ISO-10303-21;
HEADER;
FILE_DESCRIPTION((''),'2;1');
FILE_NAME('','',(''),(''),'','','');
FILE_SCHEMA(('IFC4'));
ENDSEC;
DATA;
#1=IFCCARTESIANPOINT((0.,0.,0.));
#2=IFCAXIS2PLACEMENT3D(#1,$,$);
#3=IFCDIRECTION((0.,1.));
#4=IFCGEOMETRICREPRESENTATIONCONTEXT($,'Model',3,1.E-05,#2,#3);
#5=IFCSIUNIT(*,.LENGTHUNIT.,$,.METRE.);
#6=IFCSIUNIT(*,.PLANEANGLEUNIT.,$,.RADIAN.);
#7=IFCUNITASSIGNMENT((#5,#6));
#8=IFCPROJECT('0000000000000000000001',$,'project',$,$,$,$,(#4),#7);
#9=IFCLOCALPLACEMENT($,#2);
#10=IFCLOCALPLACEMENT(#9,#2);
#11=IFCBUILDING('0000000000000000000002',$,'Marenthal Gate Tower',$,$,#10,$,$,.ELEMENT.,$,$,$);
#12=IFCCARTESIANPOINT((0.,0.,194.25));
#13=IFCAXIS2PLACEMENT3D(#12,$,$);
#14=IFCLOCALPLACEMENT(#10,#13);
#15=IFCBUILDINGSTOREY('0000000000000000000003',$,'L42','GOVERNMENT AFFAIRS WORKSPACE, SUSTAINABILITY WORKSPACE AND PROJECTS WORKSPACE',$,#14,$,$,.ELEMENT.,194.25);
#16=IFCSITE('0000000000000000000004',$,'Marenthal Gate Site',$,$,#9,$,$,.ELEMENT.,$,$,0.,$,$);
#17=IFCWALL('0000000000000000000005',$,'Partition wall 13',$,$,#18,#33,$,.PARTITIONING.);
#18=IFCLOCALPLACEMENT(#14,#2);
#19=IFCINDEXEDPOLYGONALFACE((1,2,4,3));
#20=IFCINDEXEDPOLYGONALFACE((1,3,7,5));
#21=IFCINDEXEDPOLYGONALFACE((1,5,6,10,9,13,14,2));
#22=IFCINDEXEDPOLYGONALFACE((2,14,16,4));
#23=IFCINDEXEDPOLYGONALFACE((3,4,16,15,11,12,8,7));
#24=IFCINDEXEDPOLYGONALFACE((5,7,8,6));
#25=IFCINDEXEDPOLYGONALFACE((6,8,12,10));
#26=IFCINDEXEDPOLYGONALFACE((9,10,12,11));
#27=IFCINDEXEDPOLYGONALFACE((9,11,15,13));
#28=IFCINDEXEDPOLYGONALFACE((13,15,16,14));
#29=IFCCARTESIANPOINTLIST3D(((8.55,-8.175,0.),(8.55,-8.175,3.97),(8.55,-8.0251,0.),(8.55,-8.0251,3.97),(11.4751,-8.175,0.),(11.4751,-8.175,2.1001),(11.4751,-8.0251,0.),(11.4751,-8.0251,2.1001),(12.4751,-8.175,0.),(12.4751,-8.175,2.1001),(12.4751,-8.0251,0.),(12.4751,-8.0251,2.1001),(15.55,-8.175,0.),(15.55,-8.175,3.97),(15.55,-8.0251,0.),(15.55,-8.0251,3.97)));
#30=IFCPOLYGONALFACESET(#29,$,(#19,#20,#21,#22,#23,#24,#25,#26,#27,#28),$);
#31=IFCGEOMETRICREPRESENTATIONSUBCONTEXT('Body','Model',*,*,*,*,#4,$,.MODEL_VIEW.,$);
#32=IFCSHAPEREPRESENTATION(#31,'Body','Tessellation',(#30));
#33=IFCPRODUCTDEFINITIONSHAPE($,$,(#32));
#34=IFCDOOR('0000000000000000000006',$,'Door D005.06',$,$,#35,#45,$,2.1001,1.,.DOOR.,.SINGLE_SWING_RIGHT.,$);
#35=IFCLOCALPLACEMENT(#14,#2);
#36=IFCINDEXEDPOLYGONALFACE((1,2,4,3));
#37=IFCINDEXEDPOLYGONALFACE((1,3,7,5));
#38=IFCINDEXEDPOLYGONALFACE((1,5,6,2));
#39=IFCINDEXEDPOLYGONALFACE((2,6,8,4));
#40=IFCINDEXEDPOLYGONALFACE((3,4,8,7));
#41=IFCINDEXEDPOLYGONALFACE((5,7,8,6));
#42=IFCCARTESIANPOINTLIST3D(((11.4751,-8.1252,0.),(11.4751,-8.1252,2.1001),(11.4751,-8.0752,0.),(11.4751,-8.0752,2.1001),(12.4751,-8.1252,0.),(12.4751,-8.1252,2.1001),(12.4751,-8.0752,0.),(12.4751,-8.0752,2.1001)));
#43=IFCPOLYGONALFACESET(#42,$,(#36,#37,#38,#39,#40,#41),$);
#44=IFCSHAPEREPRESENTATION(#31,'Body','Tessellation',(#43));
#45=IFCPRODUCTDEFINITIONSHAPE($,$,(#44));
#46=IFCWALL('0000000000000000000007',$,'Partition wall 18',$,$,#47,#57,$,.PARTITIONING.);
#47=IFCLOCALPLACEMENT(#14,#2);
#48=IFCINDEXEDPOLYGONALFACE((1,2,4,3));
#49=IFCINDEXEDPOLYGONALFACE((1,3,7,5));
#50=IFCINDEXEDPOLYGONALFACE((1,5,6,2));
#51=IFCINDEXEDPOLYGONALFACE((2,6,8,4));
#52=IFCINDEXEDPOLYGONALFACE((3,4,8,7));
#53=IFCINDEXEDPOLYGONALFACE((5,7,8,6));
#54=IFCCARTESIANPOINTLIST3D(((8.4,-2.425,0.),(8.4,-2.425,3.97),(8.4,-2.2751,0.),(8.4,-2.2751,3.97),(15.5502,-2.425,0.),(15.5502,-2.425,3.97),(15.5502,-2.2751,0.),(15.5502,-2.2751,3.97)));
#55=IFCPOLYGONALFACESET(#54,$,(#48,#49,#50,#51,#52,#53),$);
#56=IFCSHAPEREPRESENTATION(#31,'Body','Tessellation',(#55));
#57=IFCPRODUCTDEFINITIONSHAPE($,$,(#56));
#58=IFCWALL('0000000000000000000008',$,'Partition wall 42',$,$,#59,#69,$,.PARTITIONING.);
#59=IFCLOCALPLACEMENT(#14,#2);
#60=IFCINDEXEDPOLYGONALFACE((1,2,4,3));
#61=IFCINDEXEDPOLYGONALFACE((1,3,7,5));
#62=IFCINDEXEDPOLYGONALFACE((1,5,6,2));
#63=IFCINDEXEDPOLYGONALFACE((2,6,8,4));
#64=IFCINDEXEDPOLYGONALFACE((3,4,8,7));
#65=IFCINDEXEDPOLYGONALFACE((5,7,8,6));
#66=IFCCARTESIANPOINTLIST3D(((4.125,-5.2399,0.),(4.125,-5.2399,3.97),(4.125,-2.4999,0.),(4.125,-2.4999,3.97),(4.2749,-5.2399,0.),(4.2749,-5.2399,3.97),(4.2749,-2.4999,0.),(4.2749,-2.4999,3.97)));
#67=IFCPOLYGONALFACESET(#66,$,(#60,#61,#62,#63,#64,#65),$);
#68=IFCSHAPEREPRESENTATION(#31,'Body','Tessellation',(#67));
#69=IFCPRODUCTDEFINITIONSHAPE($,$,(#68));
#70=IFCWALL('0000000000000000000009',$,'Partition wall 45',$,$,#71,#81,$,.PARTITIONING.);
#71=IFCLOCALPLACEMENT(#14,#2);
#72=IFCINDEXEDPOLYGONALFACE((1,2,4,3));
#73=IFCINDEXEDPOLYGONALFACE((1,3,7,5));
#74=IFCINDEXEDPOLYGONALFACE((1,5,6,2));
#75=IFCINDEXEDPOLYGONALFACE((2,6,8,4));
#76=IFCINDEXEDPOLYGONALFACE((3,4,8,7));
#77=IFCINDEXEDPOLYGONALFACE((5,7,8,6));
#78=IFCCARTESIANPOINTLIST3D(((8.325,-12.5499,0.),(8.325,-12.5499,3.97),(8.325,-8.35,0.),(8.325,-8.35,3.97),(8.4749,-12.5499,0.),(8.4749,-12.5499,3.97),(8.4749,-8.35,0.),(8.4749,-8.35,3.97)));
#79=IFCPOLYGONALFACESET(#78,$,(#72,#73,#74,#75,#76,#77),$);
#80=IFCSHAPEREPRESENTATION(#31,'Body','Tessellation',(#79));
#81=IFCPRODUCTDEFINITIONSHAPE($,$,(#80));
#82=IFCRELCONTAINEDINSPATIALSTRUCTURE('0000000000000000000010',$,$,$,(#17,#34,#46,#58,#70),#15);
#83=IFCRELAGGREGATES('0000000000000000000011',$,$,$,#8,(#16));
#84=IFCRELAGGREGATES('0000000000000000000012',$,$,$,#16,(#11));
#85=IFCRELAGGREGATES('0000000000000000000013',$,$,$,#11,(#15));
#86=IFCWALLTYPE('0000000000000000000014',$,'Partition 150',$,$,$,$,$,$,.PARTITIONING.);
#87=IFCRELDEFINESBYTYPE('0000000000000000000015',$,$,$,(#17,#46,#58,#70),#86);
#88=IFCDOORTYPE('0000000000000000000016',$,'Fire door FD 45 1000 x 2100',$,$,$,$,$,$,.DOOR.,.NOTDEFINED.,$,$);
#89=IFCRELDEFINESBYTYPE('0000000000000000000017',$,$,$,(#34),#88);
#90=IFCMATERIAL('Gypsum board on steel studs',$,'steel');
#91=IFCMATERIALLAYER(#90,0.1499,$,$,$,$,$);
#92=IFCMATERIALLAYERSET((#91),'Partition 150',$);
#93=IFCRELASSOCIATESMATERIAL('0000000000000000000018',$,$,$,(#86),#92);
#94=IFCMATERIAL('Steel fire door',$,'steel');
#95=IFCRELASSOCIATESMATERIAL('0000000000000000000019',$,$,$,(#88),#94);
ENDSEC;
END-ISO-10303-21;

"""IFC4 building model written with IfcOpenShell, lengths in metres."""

from ifc_helpers import new_model, si_unit, direction, frame, frame_2d, origin, place, context, subcontext, project, spatial, rectangle, extrude, material, layer, layer_set, type_object, element, fill, save


model = new_model("IFC4")

# Units and contexts
model_context = context("Model", 3, precision=1e-05, world=origin(), true_north=direction((0.0, 1.0)))
body_context = subcontext(model_context, "Body", "Model", "MODEL_VIEW")
ifc_project = project(units=[si_unit("LENGTHUNIT", "METRE"), si_unit("PLANEANGLEUNIT", "RADIAN")], contexts=[model_context])

# Site, building, storey
site_placement = place(None, origin())
site = spatial("IfcSite", under=ifc_project, at=site_placement, Name="Marenthal Gate Site", CompositionType="ELEMENT", RefElevation=0.0)
building_placement = place(site_placement, origin())
building = spatial("IfcBuilding", under=site, at=building_placement, Name="Marenthal Gate Tower", CompositionType="ELEMENT")
storey_placement = place(building_placement, frame((0.0, 0.0, 194.25)))
storey = spatial("IfcBuildingStorey", under=building, at=storey_placement, Name="L42", Description="GOVERNMENT AFFAIRS WORKSPACE, SUSTAINABILITY WORKSPACE AND PROJECTS WORKSPACE", CompositionType="ELEMENT", Elevation=194.25)

# Wall, opening, door
ifc_material_1 = material(Name="Gypsum board on steel studs", Category="steel")
ifc_layer_1 = layer(ifc_material_1, 0.1499)
ifc_layer_set_1 = layer_set([ifc_layer_1], Name="Partition 150")
wall_type_1 = type_object("IfcWallType", Name="Partition 150", PredefinedType="PARTITIONING", material=ifc_layer_set_1)
ifc_material_2 = material(Name="Steel fire door", Category="steel")
door_type_1 = type_object("IfcDoorType", Name="Fire door FD 45 1000 x 2100", OperationType="NOTDEFINED", PredefinedType="DOOR", material=ifc_material_2)
wall_1_placement = place(storey_placement, frame((8.55, -8.1001, 0.0), z_axis=(0.0, 0.0, 1.0), x_axis=(1.0, 0.0, 0.0)))
wall_1 = element("IfcWall", 1, at=wall_1_placement, inside=storey, type_object=wall_type_1, Name="Partition wall 13", PredefinedType="PARTITIONING", context=body_context, shape_type="SweptSolid", body=[
    extrude(rectangle(XDim=7.0, YDim=0.1499, at=frame_2d((3.5, 0.0))), origin(), (0.0, 0.0, 1.0), 3.97),
])
opening_1_placement = place(wall_1_placement, frame((2.925, 0.0, 0.0)))
opening_1 = element("IfcOpeningElement", 2, at=opening_1_placement, cuts=wall_1, PredefinedType="OPENING", context=body_context, shape_type="SweptSolid", body=[
    extrude(rectangle(XDim=1.0, YDim=2.1001, at=frame_2d((0.5, 1.05))), frame((0.0, 0.085, 0.0), z_axis=(0.0, -1.0, 0.0), x_axis=(1.0, 0.0, 0.0)), (0.0, 0.0, 1.0), 0.1699),
])
door_1_placement = place(opening_1_placement, origin())
door_1 = element("IfcDoor", 3, at=door_1_placement, inside=storey, type_object=door_type_1, Name="Door D005.06", OperationType="SINGLE_SWING_RIGHT", OverallHeight=2.1001, OverallWidth=1.0, PredefinedType="DOOR", context=body_context, shape_type="SweptSolid", body=[
    extrude(rectangle(XDim=1.0, YDim=2.1001, at=frame_2d((0.5, 1.05))), frame((0.0, 0.0249, 0.0), z_axis=(0.0, -1.0, 0.0), x_axis=(1.0, 0.0, 0.0)), (0.0, 0.0, 1.0), 0.05),
])
fill(opening_1, door_1)

# Walls
wall_2_placement = place(storey_placement, frame((8.3999, -2.3501, 0.0), z_axis=(0.0, 0.0, 1.0), x_axis=(1.0, 0.0, 0.0)))
element("IfcWall", 4, at=wall_2_placement, inside=storey, type_object=wall_type_1, Name="Partition wall 18", PredefinedType="PARTITIONING", context=body_context, shape_type="SweptSolid", body=[
    extrude(rectangle(XDim=7.1501, YDim=0.1499, at=frame_2d((3.5752, 0.0))), origin(), (0.0, 0.0, 1.0), 3.97),
])
wall_3_placement = place(storey_placement, frame((4.2, -5.24, 0.0), z_axis=(0.0, 0.0, 1.0), x_axis=(0.0, 1.0, 0.0)))
element("IfcWall", 5, at=wall_3_placement, inside=storey, type_object=wall_type_1, Name="Partition wall 42", PredefinedType="PARTITIONING", context=body_context, shape_type="SweptSolid", body=[
    extrude(rectangle(XDim=2.74, YDim=0.1499, at=frame_2d((1.3701, 0.0))), origin(), (0.0, 0.0, 1.0), 3.97),
])
wall_4_placement = place(storey_placement, frame((8.3999, -12.55, 0.0), z_axis=(0.0, 0.0, 1.0), x_axis=(0.0, 1.0, 0.0)))
element("IfcWall", 6, at=wall_4_placement, inside=storey, type_object=wall_type_1, Name="Partition wall 45", PredefinedType="PARTITIONING", context=body_context, shape_type="SweptSolid", body=[
    extrude(rectangle(XDim=4.2, YDim=0.1499, at=frame_2d((2.1001, 0.0))), origin(), (0.0, 0.0, 1.0), 3.97),
])

save(model, "model.ifc")
